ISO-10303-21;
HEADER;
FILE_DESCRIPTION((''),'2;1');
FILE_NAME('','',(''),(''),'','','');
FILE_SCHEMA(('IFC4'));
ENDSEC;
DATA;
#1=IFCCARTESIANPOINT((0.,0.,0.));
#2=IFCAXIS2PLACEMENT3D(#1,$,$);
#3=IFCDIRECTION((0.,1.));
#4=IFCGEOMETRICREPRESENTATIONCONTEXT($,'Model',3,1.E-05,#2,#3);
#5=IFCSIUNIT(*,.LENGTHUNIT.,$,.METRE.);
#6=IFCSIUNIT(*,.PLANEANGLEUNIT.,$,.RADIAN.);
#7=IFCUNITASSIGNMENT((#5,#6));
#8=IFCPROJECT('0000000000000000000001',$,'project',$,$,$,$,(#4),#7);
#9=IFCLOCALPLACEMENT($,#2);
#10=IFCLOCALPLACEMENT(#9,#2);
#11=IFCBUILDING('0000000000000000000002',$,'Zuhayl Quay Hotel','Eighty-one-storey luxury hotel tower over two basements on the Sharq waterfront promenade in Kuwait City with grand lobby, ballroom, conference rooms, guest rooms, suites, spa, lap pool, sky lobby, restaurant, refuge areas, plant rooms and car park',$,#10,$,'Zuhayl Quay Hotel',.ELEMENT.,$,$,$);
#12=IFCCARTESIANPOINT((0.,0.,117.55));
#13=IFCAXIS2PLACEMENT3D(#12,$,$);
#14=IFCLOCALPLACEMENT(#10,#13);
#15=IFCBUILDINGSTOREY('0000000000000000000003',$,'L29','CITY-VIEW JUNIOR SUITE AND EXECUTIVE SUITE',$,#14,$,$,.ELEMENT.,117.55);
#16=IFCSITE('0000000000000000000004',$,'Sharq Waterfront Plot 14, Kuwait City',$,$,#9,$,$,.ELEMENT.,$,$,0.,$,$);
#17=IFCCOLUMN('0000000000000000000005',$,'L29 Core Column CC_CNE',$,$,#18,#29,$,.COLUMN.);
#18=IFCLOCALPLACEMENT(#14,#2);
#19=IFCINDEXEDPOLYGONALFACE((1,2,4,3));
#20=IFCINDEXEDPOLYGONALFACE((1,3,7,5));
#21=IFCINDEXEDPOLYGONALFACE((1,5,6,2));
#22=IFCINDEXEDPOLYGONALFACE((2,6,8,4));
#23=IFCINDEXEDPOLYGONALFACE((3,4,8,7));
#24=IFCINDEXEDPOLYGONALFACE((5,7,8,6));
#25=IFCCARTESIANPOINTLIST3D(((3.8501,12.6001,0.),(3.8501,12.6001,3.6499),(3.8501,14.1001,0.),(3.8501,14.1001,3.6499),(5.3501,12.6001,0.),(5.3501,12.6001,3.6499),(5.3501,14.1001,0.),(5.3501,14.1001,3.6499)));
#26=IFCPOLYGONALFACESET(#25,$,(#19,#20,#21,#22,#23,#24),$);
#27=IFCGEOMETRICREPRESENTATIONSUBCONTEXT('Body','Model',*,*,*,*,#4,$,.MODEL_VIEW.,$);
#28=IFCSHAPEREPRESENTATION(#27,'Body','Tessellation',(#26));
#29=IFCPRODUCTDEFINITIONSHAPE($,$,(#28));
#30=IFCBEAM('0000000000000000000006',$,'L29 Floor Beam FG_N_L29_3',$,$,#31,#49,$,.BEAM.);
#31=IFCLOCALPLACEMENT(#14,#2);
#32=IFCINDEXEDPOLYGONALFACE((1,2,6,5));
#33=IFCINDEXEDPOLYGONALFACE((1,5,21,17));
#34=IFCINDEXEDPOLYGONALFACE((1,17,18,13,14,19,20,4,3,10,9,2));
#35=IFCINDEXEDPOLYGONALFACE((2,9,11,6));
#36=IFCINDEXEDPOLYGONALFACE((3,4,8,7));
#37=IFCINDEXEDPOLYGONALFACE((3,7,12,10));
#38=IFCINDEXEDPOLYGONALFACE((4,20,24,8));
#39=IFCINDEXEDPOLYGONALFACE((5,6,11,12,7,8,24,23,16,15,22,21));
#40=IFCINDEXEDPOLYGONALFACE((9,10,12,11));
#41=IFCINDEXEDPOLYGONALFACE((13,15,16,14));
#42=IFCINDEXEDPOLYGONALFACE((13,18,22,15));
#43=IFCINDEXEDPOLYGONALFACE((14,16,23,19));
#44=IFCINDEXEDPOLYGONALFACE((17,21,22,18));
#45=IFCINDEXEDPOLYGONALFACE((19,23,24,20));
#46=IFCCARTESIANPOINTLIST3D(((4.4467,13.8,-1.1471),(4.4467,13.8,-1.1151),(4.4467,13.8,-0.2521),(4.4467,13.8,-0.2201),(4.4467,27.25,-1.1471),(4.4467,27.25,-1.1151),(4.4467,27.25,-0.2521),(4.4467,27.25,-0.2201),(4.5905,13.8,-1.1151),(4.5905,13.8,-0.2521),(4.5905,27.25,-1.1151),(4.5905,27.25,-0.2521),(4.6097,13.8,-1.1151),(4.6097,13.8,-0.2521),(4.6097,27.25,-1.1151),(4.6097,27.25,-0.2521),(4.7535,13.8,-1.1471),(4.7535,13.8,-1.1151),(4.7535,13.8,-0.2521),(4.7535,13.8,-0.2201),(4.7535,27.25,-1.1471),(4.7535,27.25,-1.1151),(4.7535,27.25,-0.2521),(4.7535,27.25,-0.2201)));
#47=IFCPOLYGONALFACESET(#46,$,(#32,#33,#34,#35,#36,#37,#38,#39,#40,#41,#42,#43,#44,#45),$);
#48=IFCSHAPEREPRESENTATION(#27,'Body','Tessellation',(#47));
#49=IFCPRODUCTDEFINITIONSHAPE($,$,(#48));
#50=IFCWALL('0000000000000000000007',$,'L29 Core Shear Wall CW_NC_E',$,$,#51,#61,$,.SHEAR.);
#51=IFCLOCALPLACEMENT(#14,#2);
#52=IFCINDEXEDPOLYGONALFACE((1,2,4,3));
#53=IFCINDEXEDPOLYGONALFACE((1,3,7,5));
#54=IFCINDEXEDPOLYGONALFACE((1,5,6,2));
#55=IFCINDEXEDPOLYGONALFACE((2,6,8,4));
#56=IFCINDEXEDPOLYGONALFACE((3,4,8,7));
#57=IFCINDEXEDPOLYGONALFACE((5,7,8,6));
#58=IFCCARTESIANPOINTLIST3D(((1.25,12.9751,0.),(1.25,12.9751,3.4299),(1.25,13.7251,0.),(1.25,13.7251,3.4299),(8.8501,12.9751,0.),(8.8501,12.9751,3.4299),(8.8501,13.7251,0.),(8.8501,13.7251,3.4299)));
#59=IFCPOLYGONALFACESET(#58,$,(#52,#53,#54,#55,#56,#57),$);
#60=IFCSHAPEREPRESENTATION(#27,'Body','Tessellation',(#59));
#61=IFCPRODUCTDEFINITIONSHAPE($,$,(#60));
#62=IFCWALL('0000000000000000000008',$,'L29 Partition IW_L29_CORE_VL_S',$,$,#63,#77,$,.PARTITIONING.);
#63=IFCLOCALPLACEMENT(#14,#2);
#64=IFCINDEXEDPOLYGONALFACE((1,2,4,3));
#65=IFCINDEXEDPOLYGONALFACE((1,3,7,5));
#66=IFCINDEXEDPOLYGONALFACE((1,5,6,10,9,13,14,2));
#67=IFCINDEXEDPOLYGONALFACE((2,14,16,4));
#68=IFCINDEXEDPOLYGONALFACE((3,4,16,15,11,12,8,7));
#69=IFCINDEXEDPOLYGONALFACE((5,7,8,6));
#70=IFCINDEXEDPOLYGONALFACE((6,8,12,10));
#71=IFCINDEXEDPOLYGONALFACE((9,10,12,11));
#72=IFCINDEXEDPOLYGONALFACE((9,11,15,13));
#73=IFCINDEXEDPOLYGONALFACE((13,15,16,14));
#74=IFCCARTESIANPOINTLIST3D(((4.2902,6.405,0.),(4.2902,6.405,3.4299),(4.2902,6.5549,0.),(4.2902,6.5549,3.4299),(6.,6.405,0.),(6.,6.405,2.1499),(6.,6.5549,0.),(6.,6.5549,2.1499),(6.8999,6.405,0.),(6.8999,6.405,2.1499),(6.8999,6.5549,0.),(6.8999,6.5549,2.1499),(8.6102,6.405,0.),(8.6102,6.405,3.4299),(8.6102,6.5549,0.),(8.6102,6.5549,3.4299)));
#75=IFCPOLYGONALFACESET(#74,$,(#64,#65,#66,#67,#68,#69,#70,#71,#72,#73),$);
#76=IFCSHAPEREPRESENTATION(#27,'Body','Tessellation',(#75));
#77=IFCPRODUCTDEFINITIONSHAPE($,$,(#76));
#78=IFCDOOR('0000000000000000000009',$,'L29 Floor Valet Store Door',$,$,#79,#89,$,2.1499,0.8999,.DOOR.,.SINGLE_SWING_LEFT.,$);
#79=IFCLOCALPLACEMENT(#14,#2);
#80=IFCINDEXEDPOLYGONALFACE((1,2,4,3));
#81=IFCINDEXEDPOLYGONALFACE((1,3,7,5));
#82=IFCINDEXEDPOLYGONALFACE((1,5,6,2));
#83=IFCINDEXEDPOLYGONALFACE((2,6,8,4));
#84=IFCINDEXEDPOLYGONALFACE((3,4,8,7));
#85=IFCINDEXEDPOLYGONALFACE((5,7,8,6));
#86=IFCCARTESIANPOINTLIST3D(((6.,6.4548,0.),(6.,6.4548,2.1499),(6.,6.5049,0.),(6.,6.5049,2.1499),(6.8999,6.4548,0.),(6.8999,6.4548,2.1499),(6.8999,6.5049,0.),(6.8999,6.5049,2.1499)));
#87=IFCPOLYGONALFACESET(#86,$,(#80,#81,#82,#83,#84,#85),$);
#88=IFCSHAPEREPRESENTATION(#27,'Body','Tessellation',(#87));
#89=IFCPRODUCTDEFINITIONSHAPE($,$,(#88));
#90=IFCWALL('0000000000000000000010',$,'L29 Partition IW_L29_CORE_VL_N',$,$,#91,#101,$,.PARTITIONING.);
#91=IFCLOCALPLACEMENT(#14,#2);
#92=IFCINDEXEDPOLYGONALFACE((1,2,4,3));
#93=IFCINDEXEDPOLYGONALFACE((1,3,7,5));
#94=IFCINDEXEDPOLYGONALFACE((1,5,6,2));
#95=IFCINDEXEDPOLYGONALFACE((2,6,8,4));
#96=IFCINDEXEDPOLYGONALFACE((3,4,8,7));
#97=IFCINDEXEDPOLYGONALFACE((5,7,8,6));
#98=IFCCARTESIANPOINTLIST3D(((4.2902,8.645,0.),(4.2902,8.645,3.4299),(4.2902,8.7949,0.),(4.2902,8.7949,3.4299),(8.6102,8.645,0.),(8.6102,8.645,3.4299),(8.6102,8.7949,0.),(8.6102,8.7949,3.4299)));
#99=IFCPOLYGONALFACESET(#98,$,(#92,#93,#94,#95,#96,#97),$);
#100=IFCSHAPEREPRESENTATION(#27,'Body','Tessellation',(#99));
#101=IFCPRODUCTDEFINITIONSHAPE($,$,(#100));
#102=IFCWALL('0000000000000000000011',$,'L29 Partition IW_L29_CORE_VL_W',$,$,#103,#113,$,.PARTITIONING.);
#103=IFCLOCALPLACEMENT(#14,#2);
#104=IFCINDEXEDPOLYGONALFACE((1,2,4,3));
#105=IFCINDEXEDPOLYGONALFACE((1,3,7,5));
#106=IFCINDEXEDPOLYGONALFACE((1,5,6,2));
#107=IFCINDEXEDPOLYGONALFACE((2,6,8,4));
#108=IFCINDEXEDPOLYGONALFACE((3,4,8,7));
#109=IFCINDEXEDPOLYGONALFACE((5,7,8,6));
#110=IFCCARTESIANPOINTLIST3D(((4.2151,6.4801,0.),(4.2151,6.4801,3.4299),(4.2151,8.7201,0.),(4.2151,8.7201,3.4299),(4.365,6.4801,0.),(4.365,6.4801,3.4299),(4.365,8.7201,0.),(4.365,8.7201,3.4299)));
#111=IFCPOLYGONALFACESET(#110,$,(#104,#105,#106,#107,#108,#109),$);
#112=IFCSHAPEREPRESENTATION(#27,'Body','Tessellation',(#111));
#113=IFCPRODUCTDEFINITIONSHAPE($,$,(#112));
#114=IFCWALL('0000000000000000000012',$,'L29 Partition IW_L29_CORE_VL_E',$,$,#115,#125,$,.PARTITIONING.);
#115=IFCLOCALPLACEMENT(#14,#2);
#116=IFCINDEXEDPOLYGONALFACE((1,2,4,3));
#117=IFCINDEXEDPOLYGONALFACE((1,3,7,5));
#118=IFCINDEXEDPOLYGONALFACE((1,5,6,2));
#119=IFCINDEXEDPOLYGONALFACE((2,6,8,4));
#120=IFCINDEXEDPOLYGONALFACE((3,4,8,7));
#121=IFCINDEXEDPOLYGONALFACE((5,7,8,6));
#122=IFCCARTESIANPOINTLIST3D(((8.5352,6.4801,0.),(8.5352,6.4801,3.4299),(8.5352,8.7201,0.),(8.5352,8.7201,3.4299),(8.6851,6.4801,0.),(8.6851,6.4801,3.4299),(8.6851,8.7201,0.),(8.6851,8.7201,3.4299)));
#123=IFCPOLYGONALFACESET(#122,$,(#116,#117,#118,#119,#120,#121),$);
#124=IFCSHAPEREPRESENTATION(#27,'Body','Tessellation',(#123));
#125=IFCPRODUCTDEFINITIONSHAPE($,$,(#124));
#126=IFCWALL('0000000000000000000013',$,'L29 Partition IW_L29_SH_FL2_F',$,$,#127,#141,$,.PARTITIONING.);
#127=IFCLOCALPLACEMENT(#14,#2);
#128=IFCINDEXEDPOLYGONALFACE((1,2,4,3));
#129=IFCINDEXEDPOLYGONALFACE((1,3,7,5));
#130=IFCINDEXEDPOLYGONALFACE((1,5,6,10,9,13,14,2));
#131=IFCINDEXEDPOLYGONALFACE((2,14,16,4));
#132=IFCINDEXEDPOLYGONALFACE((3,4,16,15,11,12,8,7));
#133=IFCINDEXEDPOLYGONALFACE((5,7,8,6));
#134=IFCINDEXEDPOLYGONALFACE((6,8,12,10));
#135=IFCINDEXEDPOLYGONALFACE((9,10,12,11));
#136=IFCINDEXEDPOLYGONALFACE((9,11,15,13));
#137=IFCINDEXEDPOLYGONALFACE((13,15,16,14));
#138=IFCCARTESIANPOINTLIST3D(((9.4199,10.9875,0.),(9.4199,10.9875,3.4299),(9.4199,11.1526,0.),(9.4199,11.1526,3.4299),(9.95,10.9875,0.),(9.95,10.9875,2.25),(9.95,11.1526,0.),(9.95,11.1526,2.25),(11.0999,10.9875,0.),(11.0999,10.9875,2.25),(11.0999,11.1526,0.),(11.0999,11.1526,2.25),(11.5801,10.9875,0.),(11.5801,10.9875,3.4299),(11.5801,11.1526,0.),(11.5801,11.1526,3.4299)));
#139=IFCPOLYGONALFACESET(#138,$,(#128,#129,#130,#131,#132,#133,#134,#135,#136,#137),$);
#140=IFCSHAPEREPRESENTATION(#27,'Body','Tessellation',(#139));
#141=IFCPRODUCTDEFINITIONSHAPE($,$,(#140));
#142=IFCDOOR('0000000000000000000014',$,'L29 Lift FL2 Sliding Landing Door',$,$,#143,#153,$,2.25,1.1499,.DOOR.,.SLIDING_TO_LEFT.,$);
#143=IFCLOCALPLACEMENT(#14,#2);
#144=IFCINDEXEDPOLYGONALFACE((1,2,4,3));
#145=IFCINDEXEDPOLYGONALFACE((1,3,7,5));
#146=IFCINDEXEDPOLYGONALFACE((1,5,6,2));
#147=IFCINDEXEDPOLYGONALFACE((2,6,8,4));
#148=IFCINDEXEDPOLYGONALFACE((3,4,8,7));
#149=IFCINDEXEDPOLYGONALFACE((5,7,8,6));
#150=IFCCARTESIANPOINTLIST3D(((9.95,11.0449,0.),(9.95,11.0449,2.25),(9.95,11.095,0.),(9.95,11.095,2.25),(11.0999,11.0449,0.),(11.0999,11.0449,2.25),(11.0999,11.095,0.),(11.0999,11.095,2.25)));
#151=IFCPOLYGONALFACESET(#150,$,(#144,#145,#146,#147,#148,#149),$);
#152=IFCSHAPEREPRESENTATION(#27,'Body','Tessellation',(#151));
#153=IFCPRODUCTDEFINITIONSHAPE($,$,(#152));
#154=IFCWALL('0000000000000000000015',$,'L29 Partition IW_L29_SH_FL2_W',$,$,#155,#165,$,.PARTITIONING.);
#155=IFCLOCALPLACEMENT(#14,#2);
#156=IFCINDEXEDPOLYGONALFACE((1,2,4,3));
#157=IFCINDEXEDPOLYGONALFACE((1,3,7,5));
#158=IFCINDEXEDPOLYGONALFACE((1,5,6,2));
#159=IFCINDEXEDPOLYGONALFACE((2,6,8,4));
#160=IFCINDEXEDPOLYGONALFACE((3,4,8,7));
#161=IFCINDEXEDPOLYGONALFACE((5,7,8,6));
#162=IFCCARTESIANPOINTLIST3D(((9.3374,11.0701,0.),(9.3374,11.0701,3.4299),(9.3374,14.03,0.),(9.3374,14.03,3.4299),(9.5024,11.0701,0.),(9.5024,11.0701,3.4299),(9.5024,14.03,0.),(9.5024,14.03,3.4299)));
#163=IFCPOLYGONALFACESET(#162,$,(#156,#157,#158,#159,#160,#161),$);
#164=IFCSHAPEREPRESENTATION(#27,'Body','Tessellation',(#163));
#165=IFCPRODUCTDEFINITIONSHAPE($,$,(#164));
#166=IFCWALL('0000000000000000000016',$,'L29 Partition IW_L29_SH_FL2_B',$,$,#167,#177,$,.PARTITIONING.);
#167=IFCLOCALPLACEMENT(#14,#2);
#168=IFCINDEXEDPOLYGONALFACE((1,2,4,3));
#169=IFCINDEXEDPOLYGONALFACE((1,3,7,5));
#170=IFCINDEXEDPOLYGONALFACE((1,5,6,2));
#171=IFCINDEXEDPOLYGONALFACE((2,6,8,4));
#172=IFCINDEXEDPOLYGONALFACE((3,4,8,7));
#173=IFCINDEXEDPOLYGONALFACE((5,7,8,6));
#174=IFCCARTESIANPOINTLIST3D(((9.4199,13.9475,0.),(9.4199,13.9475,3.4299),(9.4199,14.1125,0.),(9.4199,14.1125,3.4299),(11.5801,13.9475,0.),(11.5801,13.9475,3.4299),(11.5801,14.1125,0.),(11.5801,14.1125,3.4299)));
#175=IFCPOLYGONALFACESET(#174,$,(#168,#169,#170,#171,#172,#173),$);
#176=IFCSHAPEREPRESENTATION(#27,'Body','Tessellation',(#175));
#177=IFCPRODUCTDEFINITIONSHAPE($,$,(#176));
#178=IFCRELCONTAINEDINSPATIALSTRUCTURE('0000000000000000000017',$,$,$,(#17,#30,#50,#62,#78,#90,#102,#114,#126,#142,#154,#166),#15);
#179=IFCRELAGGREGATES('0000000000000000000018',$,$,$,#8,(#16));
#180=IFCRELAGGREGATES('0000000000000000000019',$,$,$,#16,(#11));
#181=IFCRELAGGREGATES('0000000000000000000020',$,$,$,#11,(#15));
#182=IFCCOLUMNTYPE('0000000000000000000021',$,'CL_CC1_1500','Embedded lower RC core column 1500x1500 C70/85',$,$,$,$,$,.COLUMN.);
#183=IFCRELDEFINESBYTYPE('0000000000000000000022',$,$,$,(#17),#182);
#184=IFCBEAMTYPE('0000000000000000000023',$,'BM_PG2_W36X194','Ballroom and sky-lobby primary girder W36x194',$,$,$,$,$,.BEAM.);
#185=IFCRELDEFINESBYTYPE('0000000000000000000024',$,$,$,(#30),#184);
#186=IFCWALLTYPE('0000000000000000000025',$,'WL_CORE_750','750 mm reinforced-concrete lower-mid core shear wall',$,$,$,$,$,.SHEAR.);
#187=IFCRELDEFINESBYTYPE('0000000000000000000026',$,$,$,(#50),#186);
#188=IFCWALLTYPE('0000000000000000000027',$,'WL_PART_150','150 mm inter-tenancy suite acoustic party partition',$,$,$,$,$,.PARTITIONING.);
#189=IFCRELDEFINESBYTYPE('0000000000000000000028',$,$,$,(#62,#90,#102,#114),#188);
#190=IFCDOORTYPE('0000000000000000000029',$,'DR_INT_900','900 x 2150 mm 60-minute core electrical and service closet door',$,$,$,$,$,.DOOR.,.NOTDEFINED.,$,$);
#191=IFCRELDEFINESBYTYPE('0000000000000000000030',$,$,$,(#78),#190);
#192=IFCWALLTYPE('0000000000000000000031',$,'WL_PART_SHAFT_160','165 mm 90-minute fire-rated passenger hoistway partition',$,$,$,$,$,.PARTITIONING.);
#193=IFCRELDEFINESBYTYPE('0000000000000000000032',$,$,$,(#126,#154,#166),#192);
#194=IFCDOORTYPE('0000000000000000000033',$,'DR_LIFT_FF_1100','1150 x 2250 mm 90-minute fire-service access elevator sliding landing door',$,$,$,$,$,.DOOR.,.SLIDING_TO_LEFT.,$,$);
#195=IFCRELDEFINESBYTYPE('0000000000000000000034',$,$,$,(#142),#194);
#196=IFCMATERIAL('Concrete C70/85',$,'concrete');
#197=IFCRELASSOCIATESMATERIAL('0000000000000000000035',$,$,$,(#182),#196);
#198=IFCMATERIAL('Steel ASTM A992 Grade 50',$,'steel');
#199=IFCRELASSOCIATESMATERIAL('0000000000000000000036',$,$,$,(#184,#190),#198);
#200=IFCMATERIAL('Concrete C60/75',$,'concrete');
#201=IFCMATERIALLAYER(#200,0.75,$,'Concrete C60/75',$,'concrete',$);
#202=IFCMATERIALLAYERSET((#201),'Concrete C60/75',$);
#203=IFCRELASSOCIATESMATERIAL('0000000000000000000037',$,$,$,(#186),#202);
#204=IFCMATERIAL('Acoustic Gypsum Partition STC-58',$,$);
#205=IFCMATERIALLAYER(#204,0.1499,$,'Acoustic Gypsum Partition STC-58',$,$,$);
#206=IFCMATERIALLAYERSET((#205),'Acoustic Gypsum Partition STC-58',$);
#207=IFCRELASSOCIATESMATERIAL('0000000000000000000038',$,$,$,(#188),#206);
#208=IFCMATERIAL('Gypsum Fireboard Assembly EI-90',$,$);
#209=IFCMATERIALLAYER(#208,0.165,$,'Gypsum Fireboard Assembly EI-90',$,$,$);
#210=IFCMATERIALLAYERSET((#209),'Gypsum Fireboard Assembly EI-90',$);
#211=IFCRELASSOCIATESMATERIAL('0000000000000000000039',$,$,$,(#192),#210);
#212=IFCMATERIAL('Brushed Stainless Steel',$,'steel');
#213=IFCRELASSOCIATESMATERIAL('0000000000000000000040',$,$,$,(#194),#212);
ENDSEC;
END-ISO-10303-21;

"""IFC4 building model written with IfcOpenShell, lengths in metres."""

from ifc_helpers import new_model, si_unit, direction, frame, frame_2d, origin, origin_2d, place, context, subcontext, project, spatial, rectangle, i_section, extrude, material, layer, layer_set, material_profile, profile_set, type_object, element, fill, save


model = new_model("IFC4")

# Units and contexts
model_context = context("Model", 3, precision=1e-05, world=origin(), true_north=direction((0.0, 1.0)))
body_context = subcontext(model_context, "Body", "Model", "MODEL_VIEW")
ifc_project = project(units=[si_unit("LENGTHUNIT", "METRE"), si_unit("PLANEANGLEUNIT", "RADIAN")], contexts=[model_context])

# Site, building, storey
site_placement = place(None, origin())
site = spatial("IfcSite", under=ifc_project, at=site_placement, Name="Sharq Waterfront Plot 14, Kuwait City", CompositionType="ELEMENT", RefElevation=0.0)
building_placement = place(site_placement, origin())
building = spatial("IfcBuilding", under=site, at=building_placement, Name="Zuhayl Quay Hotel", Description="Eighty-one-storey luxury hotel tower over two basements on the Sharq waterfront promenade in Kuwait City with grand lobby, ballroom, conference rooms, guest rooms, suites, spa, lap pool, sky lobby, restaurant, refuge areas, plant rooms and car park", LongName="Zuhayl Quay Hotel", CompositionType="ELEMENT")
storey_placement = place(building_placement, frame((0.0, 0.0, 117.55)))
storey = spatial("IfcBuildingStorey", under=building, at=storey_placement, Name="L29", Description="CITY-VIEW JUNIOR SUITE AND EXECUTIVE SUITE", CompositionType="ELEMENT", Elevation=117.55)

# Column
ifc_material_1 = material(Name="Concrete C70/85", Category="concrete")
ifc_material_profile_1 = material_profile(ifc_material_1, rectangle(XDim=1.5, YDim=1.5, at=origin_2d()), Name="RC1500X1500")
ifc_profile_set_1 = profile_set([ifc_material_profile_1], Name="Concrete C70/85")
column_type = type_object("IfcColumnType", Name="CL_CC1_1500", Description="Embedded lower RC core column 1500x1500 C70/85", PredefinedType="COLUMN", material=ifc_profile_set_1)
column_placement = place(storey_placement, frame((4.6001, 13.3501, 0.0), z_axis=(0.0, 0.0, 1.0), x_axis=(1.0, 0.0, 0.0)))
element("IfcColumn", 1, at=column_placement, inside=storey, type_object=column_type, Name="L29 Core Column CC_CNE", PredefinedType="COLUMN", context=body_context, shape_type="SweptSolid", body=[
    extrude(rectangle(XDim=1.5, YDim=1.5, at=origin_2d()), origin(), (0.0, 0.0, 1.0), 3.6499),
])

# Beam
ifc_material_2 = material(Name="Steel ASTM A992 Grade 50", Category="steel")
ifc_material_profile_2 = material_profile(ifc_material_2, i_section(OverallWidth=0.3069, OverallDepth=0.927, WebThickness=0.0193, FlangeThickness=0.032, at=origin_2d()), Name="W36X194")
ifc_profile_set_2 = profile_set([ifc_material_profile_2], Name="Steel ASTM A992 Grade 50")
beam_type = type_object("IfcBeamType", Name="BM_PG2_W36X194", Description="Ballroom and sky-lobby primary girder W36x194", PredefinedType="BEAM", material=ifc_profile_set_2)
beam_placement = place(storey_placement, frame((4.6001, 13.8, -0.6836), z_axis=(0.0, 1.0, 0.0), x_axis=(-1.0, 0.0, 0.0)))
element("IfcBeam", 2, at=beam_placement, inside=storey, type_object=beam_type, Name="L29 Floor Beam FG_N_L29_3", PredefinedType="BEAM", context=body_context, shape_type="SweptSolid", body=[
    extrude(i_section(OverallWidth=0.3069, OverallDepth=0.927, WebThickness=0.0193, FlangeThickness=0.032, at=origin_2d()), origin(), (0.0, 0.0, 1.0), 13.45),
])

# Wall
ifc_material_3 = material(Name="Concrete C60/75", Category="concrete")
ifc_layer_1 = layer(ifc_material_3, 0.75, Name="Concrete C60/75", Category="concrete")
ifc_layer_set_1 = layer_set([ifc_layer_1], Name="Concrete C60/75")
wall_type_1 = type_object("IfcWallType", Name="WL_CORE_750", Description="750 mm reinforced-concrete lower-mid core shear wall", PredefinedType="SHEAR", material=ifc_layer_set_1)
wall_1_placement = place(storey_placement, frame((1.25, 13.3501, 0.0), z_axis=(0.0, 0.0, 1.0), x_axis=(1.0, 0.0, 0.0)))
element("IfcWall", 3, at=wall_1_placement, inside=storey, type_object=wall_type_1, Name="L29 Core Shear Wall CW_NC_E", PredefinedType="SHEAR", context=body_context, shape_type="SweptSolid", body=[
    extrude(rectangle(XDim=7.6001, YDim=0.75, at=frame_2d((3.8, 0.0))), origin(), (0.0, 0.0, 1.0), 3.4299),
])

# Wall, opening, door
ifc_material_4 = material(Name="Acoustic Gypsum Partition STC-58")
ifc_layer_2 = layer(ifc_material_4, 0.1499, Name="Acoustic Gypsum Partition STC-58")
ifc_layer_set_2 = layer_set([ifc_layer_2], Name="Acoustic Gypsum Partition STC-58")
wall_type_2 = type_object("IfcWallType", Name="WL_PART_150", Description="150 mm inter-tenancy suite acoustic party partition", PredefinedType="PARTITIONING", material=ifc_layer_set_2)
wall_2_placement = place(storey_placement, frame((4.29, 6.48, 0.0), z_axis=(0.0, 0.0, 1.0), x_axis=(1.0, 0.0, 0.0)))
wall_2 = element("IfcWall", 4, at=wall_2_placement, inside=storey, type_object=wall_type_2, Name="L29 Partition IW_L29_CORE_VL_S", PredefinedType="PARTITIONING", context=body_context, shape_type="SweptSolid", body=[
    extrude(rectangle(XDim=4.3201, YDim=0.1499, at=frame_2d((2.1602, 0.0))), origin(), (0.0, 0.0, 1.0), 3.4299),
])
opening_1_placement = place(wall_2_placement, frame((1.71, 0.0, 0.0)))
opening_1 = element("IfcOpeningElement", 5, at=opening_1_placement, cuts=wall_2, PredefinedType="OPENING", context=body_context, shape_type="SweptSolid", body=[
    extrude(rectangle(XDim=0.8999, YDim=2.1499, at=frame_2d((0.45, 1.075))), frame((0.0, 0.085, 0.0), z_axis=(0.0, -1.0, 0.0), x_axis=(1.0, 0.0, 0.0)), (0.0, 0.0, 1.0), 0.1699),
])
door_type_1 = type_object("IfcDoorType", Name="DR_INT_900", Description="900 x 2150 mm 60-minute core electrical and service closet door", OperationType="NOTDEFINED", PredefinedType="DOOR", material=ifc_material_2)
door_1_placement = place(opening_1_placement, origin())
door_1 = element("IfcDoor", 6, at=door_1_placement, inside=storey, type_object=door_type_1, Name="L29 Floor Valet Store Door", OperationType="SINGLE_SWING_LEFT", OverallHeight=2.1499, OverallWidth=0.8999, PredefinedType="DOOR", context=body_context, shape_type="SweptSolid", body=[
    extrude(rectangle(XDim=0.8999, YDim=2.1499, at=frame_2d((0.45, 1.075))), frame((0.0, 0.0249, 0.0), z_axis=(0.0, -1.0, 0.0), x_axis=(1.0, 0.0, 0.0)), (0.0, 0.0, 1.0), 0.05),
])
fill(opening_1, door_1)

# Walls
wall_3_placement = place(storey_placement, frame((4.29, 8.72, 0.0), z_axis=(0.0, 0.0, 1.0), x_axis=(1.0, 0.0, 0.0)))
element("IfcWall", 7, at=wall_3_placement, inside=storey, type_object=wall_type_2, Name="L29 Partition IW_L29_CORE_VL_N", PredefinedType="PARTITIONING", context=body_context, shape_type="SweptSolid", body=[
    extrude(rectangle(XDim=4.3201, YDim=0.1499, at=frame_2d((2.1602, 0.0))), origin(), (0.0, 0.0, 1.0), 3.4299),
])
for number, where, z_axis, x_axis, name in (
    (8, (4.29, 6.48, 0.0), (0.0, 0.0, 1.0), (0.0, 1.0, 0.0), "L29 Partition IW_L29_CORE_VL_W"),
    (9, (8.6101, 6.48, 0.0), (0.0, 0.0, 1.0), (0.0, 1.0, 0.0), "L29 Partition IW_L29_CORE_VL_E"),
):
    element("IfcWall", number, at=place(storey_placement, frame(where, z_axis=z_axis, x_axis=x_axis)), inside=storey, type_object=wall_type_2, Name=name, PredefinedType="PARTITIONING", context=body_context, shape_type="SweptSolid", body=[
        extrude(rectangle(XDim=2.24, YDim=0.1499, at=frame_2d((1.1201, 0.0))), origin(), (0.0, 0.0, 1.0), 3.4299),
    ])

# Wall, opening, door
ifc_material_5 = material(Name="Gypsum Fireboard Assembly EI-90")
ifc_layer_3 = layer(ifc_material_5, 0.165, Name="Gypsum Fireboard Assembly EI-90")
ifc_layer_set_3 = layer_set([ifc_layer_3], Name="Gypsum Fireboard Assembly EI-90")
wall_type_3 = type_object("IfcWallType", Name="WL_PART_SHAFT_160", Description="165 mm 90-minute fire-rated passenger hoistway partition", PredefinedType="PARTITIONING", material=ifc_layer_set_3)
wall_4_placement = place(storey_placement, frame((9.4199, 11.0701, 0.0), z_axis=(0.0, 0.0, 1.0), x_axis=(1.0, 0.0, 0.0)))
wall_4 = element("IfcWall", 10, at=wall_4_placement, inside=storey, type_object=wall_type_3, Name="L29 Partition IW_L29_SH_FL2_F", PredefinedType="PARTITIONING", context=body_context, shape_type="SweptSolid", body=[
    extrude(rectangle(XDim=2.1602, YDim=0.165, at=frame_2d((1.0801, 0.0))), origin(), (0.0, 0.0, 1.0), 3.4299),
])
opening_2_placement = place(wall_4_placement, frame((0.53, 0.0, 0.0)))
opening_2 = element("IfcOpeningElement", 11, at=opening_2_placement, cuts=wall_4, PredefinedType="OPENING", context=body_context, shape_type="SweptSolid", body=[
    extrude(rectangle(XDim=1.1499, YDim=2.25, at=frame_2d((0.575, 1.125))), frame((0.0, 0.0925, 0.0), z_axis=(0.0, -1.0, 0.0), x_axis=(1.0, 0.0, 0.0)), (0.0, 0.0, 1.0), 0.1851),
])
ifc_material_6 = material(Name="Brushed Stainless Steel", Category="steel")
door_type_2 = type_object("IfcDoorType", Name="DR_LIFT_FF_1100", Description="1150 x 2250 mm 90-minute fire-service access elevator sliding landing door", OperationType="SLIDING_TO_LEFT", PredefinedType="DOOR", material=ifc_material_6)
door_2_placement = place(opening_2_placement, origin())
door_2 = element("IfcDoor", 12, at=door_2_placement, inside=storey, type_object=door_type_2, Name="L29 Lift FL2 Sliding Landing Door", OperationType="SLIDING_TO_LEFT", OverallHeight=2.25, OverallWidth=1.1499, PredefinedType="DOOR", context=body_context, shape_type="SweptSolid", body=[
    extrude(rectangle(XDim=1.1499, YDim=2.25, at=frame_2d((0.575, 1.125))), frame((0.0, 0.0249, 0.0), z_axis=(0.0, -1.0, 0.0), x_axis=(1.0, 0.0, 0.0)), (0.0, 0.0, 1.0), 0.05),
])
fill(opening_2, door_2)

# Walls
wall_5_placement = place(storey_placement, frame((9.4199, 11.0701, 0.0), z_axis=(0.0, 0.0, 1.0), x_axis=(0.0, 1.0, 0.0)))
element("IfcWall", 13, at=wall_5_placement, inside=storey, type_object=wall_type_3, Name="L29 Partition IW_L29_SH_FL2_W", PredefinedType="PARTITIONING", context=body_context, shape_type="SweptSolid", body=[
    extrude(rectangle(XDim=2.96, YDim=0.165, at=frame_2d((1.48, 0.0))), origin(), (0.0, 0.0, 1.0), 3.4299),
])
wall_6_placement = place(storey_placement, frame((9.4199, 14.03, 0.0), z_axis=(0.0, 0.0, 1.0), x_axis=(1.0, 0.0, 0.0)))
element("IfcWall", 14, at=wall_6_placement, inside=storey, type_object=wall_type_3, Name="L29 Partition IW_L29_SH_FL2_B", PredefinedType="PARTITIONING", context=body_context, shape_type="SweptSolid", body=[
    extrude(rectangle(XDim=2.1602, YDim=0.165, at=frame_2d((1.0801, 0.0))), origin(), (0.0, 0.0, 1.0), 3.4299),
])

save(model, "model.ifc")
